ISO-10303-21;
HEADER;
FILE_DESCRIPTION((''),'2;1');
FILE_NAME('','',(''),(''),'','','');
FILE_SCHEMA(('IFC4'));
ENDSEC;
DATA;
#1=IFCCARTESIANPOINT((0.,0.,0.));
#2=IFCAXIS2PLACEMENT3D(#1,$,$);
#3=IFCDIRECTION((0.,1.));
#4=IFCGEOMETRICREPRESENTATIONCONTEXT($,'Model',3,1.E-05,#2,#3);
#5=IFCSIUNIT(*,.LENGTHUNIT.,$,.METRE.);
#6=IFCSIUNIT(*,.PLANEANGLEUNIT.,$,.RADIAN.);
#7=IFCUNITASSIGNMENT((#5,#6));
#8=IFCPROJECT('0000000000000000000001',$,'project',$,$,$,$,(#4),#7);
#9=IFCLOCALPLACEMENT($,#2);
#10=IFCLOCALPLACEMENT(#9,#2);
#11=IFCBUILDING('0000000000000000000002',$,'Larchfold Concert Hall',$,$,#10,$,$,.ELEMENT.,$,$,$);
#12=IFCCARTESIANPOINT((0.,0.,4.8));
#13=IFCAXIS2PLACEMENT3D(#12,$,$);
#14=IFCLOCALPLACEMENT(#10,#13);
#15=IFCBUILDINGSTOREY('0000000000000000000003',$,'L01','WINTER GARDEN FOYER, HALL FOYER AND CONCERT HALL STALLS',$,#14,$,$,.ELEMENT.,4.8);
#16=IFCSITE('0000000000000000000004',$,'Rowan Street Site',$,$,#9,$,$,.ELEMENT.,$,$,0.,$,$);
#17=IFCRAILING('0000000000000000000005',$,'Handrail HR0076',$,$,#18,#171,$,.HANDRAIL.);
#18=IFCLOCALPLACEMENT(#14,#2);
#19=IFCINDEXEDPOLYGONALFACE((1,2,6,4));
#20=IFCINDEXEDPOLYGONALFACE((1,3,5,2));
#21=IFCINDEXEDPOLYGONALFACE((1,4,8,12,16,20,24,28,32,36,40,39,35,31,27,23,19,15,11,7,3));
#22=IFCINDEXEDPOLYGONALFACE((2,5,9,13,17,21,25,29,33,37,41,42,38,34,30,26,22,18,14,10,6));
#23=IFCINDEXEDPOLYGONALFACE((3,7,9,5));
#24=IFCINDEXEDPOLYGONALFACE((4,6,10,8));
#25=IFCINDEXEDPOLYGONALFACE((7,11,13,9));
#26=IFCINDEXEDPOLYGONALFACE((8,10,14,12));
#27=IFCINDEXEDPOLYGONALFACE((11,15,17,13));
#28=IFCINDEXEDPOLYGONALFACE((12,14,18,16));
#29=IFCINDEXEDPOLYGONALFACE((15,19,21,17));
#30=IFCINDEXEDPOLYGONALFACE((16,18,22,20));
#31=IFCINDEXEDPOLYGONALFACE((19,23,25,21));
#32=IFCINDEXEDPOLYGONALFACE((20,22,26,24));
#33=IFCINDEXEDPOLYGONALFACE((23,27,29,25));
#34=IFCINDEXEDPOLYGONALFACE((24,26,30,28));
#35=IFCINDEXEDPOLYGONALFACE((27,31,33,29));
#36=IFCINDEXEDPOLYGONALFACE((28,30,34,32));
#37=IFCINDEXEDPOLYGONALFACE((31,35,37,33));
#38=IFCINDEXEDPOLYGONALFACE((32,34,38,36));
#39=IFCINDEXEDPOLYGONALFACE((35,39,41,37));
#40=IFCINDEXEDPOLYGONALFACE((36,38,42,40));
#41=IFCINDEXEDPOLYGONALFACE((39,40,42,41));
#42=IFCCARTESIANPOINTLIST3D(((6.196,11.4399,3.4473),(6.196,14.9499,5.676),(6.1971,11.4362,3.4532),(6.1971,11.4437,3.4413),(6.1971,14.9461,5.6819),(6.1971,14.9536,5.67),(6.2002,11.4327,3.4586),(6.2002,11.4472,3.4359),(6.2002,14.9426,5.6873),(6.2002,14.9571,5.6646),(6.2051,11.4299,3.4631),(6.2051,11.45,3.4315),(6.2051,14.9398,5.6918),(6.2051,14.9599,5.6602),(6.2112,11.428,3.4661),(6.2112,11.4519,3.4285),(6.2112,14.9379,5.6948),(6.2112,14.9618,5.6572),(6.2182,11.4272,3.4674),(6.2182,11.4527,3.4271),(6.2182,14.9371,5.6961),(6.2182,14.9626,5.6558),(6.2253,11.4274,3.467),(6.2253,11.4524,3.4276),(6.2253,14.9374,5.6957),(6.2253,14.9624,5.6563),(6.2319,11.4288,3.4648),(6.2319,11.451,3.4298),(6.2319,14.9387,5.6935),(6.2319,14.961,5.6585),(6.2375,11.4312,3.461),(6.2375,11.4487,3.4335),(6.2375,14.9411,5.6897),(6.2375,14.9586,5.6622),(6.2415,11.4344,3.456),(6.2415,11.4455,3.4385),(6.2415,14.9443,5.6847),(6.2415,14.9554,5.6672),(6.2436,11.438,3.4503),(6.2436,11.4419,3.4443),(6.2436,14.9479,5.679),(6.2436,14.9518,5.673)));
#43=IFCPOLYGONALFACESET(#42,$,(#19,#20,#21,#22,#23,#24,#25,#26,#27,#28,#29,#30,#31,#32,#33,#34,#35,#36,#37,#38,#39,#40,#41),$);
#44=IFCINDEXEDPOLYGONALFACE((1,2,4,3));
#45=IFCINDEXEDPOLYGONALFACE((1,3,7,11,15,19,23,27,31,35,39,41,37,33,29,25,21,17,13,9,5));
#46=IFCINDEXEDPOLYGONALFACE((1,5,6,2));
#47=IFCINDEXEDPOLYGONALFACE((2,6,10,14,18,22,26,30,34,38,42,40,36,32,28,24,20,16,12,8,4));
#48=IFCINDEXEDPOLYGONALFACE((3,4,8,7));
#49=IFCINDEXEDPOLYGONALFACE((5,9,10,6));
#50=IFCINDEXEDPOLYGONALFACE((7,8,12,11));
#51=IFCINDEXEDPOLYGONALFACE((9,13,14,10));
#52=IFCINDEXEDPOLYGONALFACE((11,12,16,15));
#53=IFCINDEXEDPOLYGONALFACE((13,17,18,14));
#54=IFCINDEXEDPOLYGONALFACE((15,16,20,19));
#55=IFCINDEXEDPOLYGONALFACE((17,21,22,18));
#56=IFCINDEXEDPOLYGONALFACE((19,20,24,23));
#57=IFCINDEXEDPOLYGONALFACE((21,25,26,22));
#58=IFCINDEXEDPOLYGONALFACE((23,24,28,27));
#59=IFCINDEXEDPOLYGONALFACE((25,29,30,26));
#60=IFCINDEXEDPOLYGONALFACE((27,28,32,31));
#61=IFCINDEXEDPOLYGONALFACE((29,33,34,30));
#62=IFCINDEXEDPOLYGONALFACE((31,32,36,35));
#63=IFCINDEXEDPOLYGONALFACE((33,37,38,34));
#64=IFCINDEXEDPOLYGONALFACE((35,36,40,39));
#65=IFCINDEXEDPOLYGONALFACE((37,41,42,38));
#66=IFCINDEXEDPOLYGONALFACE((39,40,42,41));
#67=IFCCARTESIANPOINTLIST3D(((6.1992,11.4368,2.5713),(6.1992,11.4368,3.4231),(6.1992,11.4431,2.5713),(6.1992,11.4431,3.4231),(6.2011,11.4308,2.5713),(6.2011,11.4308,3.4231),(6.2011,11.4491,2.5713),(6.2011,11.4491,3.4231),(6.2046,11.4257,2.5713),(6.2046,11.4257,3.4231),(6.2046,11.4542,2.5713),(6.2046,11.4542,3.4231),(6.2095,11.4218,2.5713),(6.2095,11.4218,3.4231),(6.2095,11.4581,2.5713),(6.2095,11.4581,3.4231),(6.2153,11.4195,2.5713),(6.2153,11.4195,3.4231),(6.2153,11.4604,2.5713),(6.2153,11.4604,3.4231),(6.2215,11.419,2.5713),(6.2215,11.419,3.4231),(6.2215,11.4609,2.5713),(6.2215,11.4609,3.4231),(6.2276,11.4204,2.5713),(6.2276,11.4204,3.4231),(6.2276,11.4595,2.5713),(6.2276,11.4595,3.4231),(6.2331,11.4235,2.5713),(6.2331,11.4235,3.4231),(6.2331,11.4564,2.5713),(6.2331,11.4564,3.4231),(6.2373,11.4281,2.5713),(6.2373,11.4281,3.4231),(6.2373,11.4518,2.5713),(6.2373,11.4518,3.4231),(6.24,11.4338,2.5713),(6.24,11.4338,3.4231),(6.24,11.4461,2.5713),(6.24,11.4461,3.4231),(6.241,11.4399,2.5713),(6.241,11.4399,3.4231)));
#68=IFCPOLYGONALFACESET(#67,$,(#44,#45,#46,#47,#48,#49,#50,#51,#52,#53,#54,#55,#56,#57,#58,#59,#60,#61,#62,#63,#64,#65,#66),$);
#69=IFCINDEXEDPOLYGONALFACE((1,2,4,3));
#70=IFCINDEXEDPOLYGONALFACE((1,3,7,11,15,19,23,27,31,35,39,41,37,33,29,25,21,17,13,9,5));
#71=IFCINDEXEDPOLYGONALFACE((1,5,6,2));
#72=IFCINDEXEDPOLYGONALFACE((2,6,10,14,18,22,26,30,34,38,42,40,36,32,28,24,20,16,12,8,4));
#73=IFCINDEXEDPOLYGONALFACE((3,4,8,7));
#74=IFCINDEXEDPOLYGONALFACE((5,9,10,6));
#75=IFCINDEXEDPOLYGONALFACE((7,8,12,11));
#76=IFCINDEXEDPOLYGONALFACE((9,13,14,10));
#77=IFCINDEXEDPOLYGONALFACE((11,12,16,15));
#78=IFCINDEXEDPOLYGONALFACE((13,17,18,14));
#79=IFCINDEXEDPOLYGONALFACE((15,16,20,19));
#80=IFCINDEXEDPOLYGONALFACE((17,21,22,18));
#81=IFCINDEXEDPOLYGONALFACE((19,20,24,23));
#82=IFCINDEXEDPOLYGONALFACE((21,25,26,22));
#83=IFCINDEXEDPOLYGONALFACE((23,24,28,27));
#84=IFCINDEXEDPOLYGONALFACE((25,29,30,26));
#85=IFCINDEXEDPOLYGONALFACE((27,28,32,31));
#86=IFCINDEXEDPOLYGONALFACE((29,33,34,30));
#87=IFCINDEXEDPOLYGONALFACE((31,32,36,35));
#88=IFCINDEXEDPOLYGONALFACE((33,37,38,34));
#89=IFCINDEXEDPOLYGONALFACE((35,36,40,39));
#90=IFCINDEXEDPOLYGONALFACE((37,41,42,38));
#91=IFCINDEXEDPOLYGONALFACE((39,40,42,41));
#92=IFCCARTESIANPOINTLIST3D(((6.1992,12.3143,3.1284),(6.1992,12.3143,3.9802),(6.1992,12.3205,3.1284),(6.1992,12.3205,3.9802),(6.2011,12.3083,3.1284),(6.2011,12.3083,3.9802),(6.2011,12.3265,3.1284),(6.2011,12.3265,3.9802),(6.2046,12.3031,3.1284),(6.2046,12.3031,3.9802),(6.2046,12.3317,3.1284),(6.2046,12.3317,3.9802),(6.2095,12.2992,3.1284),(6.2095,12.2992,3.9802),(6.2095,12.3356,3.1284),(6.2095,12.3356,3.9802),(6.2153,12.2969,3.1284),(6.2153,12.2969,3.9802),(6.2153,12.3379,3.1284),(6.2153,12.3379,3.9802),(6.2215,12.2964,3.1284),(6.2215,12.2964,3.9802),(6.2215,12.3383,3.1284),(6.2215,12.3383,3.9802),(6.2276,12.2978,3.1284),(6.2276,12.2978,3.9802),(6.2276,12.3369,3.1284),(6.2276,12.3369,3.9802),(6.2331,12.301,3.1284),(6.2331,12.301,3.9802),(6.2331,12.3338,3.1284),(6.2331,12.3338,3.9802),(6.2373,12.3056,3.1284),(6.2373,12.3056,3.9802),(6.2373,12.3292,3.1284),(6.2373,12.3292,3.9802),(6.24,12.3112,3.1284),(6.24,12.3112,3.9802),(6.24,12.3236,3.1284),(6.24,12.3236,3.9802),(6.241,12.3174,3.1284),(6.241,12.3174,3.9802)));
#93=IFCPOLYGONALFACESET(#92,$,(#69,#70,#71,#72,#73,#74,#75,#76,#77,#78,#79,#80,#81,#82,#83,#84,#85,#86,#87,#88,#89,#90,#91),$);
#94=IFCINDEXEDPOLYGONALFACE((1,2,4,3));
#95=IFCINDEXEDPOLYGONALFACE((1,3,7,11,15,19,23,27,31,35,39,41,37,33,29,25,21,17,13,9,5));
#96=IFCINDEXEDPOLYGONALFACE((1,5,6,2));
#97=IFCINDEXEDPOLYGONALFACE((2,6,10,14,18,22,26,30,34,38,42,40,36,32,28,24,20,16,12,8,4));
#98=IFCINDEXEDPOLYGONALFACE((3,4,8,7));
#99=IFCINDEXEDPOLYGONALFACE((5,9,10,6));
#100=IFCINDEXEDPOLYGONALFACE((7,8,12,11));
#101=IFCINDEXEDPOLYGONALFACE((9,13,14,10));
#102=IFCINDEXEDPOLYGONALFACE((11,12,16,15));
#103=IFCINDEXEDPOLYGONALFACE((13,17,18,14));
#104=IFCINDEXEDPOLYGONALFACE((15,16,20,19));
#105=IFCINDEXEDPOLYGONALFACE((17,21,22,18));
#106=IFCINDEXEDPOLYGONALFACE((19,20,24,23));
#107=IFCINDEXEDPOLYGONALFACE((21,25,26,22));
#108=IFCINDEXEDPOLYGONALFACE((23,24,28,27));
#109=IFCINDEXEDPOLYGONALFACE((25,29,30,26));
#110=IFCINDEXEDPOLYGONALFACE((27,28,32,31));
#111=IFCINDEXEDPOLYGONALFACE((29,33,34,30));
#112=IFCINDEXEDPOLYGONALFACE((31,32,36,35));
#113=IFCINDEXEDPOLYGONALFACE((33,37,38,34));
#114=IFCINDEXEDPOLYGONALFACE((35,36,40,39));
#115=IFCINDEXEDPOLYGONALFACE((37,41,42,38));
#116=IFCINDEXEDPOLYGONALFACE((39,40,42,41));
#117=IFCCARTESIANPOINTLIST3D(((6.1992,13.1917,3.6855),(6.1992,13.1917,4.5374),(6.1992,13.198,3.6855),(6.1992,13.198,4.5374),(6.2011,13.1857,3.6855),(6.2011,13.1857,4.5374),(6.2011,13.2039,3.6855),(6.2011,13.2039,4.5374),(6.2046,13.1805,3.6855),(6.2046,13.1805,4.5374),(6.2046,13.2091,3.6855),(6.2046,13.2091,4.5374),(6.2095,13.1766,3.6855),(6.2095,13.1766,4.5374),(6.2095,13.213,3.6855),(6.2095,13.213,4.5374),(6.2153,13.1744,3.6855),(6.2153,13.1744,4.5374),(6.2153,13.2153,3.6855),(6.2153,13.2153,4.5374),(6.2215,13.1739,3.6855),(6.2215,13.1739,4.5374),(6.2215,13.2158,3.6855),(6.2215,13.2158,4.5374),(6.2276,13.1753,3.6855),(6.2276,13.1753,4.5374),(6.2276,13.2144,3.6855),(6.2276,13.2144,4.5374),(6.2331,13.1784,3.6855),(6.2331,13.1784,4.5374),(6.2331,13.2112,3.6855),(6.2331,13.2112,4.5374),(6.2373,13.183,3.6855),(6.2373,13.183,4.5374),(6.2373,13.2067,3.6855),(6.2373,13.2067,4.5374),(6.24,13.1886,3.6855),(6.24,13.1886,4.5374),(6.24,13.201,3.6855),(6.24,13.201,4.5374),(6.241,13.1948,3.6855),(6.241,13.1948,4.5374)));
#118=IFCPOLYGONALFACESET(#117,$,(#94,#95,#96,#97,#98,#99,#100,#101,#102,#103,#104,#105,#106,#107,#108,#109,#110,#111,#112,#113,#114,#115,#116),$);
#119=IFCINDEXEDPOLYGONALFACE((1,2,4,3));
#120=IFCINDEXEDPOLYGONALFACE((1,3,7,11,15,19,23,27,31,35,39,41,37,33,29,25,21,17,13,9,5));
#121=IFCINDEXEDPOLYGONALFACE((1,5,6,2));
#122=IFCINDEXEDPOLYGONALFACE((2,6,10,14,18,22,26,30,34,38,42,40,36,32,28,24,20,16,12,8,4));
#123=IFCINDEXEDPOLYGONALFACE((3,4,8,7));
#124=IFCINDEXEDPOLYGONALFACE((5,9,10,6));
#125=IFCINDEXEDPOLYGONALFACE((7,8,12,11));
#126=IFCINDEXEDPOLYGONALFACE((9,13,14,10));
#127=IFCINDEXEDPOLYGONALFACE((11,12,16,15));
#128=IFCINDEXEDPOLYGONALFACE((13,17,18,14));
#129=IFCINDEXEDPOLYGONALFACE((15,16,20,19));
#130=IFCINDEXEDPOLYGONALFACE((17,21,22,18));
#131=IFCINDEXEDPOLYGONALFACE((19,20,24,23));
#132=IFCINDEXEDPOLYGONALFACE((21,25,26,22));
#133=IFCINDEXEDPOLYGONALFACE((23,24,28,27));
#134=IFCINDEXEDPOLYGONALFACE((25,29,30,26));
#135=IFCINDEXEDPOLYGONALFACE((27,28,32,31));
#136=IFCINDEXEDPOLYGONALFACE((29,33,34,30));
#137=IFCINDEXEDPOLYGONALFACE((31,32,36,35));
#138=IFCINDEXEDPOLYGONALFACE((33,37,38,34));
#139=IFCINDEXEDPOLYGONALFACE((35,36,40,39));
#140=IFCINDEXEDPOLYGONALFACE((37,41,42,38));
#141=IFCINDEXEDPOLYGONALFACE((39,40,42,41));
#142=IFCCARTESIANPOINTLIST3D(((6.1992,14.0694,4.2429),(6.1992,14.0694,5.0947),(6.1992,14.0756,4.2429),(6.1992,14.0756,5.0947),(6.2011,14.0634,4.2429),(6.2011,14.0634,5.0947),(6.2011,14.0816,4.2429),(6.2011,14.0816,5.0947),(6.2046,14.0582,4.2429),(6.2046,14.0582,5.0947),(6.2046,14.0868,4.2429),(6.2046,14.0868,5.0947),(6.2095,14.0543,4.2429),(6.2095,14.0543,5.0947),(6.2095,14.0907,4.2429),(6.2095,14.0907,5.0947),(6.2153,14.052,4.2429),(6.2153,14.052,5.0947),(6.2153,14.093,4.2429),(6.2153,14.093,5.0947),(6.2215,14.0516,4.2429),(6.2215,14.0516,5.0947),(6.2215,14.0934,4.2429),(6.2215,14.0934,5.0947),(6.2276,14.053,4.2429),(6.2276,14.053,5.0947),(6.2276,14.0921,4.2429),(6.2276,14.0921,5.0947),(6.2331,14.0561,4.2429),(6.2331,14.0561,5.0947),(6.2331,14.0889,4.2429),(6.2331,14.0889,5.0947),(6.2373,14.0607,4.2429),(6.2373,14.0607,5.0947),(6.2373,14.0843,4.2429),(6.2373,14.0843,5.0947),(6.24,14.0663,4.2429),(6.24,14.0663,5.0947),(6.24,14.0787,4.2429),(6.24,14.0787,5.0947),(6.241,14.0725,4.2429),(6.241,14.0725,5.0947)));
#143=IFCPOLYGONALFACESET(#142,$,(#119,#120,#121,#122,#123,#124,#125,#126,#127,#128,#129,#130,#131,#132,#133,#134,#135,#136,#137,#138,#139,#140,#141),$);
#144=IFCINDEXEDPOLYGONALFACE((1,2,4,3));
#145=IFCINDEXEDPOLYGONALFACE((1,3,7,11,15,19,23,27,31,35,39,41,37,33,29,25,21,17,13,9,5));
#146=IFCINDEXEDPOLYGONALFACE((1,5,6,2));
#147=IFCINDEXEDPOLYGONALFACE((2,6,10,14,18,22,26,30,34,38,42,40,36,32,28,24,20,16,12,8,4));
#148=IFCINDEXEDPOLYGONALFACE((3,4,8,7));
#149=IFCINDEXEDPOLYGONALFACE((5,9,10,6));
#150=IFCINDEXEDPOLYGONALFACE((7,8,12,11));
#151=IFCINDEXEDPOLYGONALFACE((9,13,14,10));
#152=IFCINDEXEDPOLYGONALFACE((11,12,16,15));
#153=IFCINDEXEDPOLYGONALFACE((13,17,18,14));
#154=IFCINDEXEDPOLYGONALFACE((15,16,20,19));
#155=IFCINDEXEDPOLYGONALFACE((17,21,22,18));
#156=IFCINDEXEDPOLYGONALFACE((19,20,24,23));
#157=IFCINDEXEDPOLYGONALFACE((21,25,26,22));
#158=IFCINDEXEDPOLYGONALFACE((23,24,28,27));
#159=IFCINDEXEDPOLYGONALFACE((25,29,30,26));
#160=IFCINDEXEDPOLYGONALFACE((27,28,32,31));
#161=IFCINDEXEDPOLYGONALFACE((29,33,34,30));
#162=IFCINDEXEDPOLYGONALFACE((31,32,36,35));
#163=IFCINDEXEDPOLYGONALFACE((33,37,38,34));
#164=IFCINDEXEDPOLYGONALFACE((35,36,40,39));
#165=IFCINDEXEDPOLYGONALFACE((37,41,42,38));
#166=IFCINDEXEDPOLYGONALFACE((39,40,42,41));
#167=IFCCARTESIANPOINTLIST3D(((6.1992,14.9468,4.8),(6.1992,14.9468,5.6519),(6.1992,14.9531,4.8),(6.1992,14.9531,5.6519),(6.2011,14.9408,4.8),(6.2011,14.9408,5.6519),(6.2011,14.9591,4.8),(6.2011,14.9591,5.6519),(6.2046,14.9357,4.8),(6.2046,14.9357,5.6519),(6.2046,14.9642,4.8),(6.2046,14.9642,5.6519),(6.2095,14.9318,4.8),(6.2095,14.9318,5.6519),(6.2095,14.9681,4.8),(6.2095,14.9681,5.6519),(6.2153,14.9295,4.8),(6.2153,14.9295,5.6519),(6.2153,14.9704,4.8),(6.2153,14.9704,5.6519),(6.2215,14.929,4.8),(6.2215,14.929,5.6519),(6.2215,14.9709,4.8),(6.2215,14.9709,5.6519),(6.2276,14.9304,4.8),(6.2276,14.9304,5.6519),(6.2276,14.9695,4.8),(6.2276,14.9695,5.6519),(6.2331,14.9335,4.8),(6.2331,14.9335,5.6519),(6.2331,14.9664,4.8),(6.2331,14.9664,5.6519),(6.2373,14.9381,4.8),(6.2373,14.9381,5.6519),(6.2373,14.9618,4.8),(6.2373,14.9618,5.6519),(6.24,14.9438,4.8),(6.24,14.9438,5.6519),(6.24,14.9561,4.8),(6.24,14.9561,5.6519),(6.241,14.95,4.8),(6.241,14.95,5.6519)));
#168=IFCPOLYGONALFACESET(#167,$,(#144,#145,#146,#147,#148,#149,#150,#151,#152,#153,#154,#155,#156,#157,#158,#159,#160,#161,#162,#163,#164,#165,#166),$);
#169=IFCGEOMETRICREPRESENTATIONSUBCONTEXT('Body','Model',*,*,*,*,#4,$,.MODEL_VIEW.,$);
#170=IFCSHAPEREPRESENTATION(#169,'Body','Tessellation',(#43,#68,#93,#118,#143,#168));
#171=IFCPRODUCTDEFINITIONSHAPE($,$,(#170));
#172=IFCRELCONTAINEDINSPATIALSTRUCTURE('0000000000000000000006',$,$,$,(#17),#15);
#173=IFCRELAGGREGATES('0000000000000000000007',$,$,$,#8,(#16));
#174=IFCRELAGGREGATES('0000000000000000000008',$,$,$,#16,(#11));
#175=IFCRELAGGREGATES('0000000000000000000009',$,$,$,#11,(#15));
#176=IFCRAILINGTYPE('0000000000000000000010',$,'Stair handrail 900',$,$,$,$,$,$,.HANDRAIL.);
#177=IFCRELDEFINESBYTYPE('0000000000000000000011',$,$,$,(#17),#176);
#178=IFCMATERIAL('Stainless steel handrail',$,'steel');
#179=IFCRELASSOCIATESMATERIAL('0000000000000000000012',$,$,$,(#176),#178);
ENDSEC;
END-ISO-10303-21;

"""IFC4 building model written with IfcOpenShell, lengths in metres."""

from ifc_helpers import new_model, si_unit, direction, frame, origin, origin_2d, place, context, subcontext, project, spatial, circle, extrude, material, type_object, element, save


model = new_model("IFC4")

# Units and contexts
model_context = context("Model", 3, precision=1e-05, world=origin(), true_north=direction((0.0, 1.0)))
body_context = subcontext(model_context, "Body", "Model", "MODEL_VIEW")
ifc_project = project(units=[si_unit("LENGTHUNIT", "METRE"), si_unit("PLANEANGLEUNIT", "RADIAN")], contexts=[model_context])

# Site, building, storey
site_placement = place(None, origin())
site = spatial("IfcSite", under=ifc_project, at=site_placement, Name="Rowan Street Site", CompositionType="ELEMENT", RefElevation=0.0)
building_placement = place(site_placement, origin())
building = spatial("IfcBuilding", under=site, at=building_placement, Name="Larchfold Concert Hall", CompositionType="ELEMENT")
storey_placement = place(building_placement, frame((0.0, 0.0, 4.8)))
storey = spatial("IfcBuildingStorey", under=building, at=storey_placement, Name="L01", Description="WINTER GARDEN FOYER, HALL FOYER AND CONCERT HALL STALLS", CompositionType="ELEMENT", Elevation=4.8)

# Railing
ifc_material_1 = material(Name="Stainless steel handrail", Category="steel")
railing_type_1 = type_object("IfcRailingType", Name="Stair handrail 900", PredefinedType="HANDRAIL", material=ifc_material_1)
railing_1_placement = place(storey_placement, frame((6.22, 11.4399, 2.5713)))
element("IfcRailing", 1, at=railing_1_placement, inside=storey, type_object=railing_type_1, Name="Handrail HR0076", PredefinedType="HANDRAIL", context=body_context, shape_type="SweptSolid", body=[
    extrude(circle(Radius=0.0239, at=origin_2d()), frame((0.0, 0.0, 0.876), z_axis=(0.0, 0.844193, 0.536039), x_axis=(-1.0, 0.0, 0.0)), (0.0, 0.0, 1.0), 4.1577),
    extrude(circle(Radius=0.021, at=origin_2d()), origin(), (0.0, 0.0, 1.0), 0.8518),
    extrude(circle(Radius=0.021, at=origin_2d()), frame((0.0, 0.8774, 0.5571)), (0.0, 0.0, 1.0), 0.8518),
    extrude(circle(Radius=0.021, at=origin_2d()), frame((0.0, 1.7549, 1.1143)), (0.0, 0.0, 1.0), 0.8518),
    extrude(circle(Radius=0.021, at=origin_2d()), frame((0.0, 2.6326, 1.6716)), (0.0, 0.0, 1.0), 0.8518),
    extrude(circle(Radius=0.021, at=origin_2d()), frame((0.0, 3.51, 2.2288)), (0.0, 0.0, 1.0), 0.8518),
])

save(model, "model.ifc")
